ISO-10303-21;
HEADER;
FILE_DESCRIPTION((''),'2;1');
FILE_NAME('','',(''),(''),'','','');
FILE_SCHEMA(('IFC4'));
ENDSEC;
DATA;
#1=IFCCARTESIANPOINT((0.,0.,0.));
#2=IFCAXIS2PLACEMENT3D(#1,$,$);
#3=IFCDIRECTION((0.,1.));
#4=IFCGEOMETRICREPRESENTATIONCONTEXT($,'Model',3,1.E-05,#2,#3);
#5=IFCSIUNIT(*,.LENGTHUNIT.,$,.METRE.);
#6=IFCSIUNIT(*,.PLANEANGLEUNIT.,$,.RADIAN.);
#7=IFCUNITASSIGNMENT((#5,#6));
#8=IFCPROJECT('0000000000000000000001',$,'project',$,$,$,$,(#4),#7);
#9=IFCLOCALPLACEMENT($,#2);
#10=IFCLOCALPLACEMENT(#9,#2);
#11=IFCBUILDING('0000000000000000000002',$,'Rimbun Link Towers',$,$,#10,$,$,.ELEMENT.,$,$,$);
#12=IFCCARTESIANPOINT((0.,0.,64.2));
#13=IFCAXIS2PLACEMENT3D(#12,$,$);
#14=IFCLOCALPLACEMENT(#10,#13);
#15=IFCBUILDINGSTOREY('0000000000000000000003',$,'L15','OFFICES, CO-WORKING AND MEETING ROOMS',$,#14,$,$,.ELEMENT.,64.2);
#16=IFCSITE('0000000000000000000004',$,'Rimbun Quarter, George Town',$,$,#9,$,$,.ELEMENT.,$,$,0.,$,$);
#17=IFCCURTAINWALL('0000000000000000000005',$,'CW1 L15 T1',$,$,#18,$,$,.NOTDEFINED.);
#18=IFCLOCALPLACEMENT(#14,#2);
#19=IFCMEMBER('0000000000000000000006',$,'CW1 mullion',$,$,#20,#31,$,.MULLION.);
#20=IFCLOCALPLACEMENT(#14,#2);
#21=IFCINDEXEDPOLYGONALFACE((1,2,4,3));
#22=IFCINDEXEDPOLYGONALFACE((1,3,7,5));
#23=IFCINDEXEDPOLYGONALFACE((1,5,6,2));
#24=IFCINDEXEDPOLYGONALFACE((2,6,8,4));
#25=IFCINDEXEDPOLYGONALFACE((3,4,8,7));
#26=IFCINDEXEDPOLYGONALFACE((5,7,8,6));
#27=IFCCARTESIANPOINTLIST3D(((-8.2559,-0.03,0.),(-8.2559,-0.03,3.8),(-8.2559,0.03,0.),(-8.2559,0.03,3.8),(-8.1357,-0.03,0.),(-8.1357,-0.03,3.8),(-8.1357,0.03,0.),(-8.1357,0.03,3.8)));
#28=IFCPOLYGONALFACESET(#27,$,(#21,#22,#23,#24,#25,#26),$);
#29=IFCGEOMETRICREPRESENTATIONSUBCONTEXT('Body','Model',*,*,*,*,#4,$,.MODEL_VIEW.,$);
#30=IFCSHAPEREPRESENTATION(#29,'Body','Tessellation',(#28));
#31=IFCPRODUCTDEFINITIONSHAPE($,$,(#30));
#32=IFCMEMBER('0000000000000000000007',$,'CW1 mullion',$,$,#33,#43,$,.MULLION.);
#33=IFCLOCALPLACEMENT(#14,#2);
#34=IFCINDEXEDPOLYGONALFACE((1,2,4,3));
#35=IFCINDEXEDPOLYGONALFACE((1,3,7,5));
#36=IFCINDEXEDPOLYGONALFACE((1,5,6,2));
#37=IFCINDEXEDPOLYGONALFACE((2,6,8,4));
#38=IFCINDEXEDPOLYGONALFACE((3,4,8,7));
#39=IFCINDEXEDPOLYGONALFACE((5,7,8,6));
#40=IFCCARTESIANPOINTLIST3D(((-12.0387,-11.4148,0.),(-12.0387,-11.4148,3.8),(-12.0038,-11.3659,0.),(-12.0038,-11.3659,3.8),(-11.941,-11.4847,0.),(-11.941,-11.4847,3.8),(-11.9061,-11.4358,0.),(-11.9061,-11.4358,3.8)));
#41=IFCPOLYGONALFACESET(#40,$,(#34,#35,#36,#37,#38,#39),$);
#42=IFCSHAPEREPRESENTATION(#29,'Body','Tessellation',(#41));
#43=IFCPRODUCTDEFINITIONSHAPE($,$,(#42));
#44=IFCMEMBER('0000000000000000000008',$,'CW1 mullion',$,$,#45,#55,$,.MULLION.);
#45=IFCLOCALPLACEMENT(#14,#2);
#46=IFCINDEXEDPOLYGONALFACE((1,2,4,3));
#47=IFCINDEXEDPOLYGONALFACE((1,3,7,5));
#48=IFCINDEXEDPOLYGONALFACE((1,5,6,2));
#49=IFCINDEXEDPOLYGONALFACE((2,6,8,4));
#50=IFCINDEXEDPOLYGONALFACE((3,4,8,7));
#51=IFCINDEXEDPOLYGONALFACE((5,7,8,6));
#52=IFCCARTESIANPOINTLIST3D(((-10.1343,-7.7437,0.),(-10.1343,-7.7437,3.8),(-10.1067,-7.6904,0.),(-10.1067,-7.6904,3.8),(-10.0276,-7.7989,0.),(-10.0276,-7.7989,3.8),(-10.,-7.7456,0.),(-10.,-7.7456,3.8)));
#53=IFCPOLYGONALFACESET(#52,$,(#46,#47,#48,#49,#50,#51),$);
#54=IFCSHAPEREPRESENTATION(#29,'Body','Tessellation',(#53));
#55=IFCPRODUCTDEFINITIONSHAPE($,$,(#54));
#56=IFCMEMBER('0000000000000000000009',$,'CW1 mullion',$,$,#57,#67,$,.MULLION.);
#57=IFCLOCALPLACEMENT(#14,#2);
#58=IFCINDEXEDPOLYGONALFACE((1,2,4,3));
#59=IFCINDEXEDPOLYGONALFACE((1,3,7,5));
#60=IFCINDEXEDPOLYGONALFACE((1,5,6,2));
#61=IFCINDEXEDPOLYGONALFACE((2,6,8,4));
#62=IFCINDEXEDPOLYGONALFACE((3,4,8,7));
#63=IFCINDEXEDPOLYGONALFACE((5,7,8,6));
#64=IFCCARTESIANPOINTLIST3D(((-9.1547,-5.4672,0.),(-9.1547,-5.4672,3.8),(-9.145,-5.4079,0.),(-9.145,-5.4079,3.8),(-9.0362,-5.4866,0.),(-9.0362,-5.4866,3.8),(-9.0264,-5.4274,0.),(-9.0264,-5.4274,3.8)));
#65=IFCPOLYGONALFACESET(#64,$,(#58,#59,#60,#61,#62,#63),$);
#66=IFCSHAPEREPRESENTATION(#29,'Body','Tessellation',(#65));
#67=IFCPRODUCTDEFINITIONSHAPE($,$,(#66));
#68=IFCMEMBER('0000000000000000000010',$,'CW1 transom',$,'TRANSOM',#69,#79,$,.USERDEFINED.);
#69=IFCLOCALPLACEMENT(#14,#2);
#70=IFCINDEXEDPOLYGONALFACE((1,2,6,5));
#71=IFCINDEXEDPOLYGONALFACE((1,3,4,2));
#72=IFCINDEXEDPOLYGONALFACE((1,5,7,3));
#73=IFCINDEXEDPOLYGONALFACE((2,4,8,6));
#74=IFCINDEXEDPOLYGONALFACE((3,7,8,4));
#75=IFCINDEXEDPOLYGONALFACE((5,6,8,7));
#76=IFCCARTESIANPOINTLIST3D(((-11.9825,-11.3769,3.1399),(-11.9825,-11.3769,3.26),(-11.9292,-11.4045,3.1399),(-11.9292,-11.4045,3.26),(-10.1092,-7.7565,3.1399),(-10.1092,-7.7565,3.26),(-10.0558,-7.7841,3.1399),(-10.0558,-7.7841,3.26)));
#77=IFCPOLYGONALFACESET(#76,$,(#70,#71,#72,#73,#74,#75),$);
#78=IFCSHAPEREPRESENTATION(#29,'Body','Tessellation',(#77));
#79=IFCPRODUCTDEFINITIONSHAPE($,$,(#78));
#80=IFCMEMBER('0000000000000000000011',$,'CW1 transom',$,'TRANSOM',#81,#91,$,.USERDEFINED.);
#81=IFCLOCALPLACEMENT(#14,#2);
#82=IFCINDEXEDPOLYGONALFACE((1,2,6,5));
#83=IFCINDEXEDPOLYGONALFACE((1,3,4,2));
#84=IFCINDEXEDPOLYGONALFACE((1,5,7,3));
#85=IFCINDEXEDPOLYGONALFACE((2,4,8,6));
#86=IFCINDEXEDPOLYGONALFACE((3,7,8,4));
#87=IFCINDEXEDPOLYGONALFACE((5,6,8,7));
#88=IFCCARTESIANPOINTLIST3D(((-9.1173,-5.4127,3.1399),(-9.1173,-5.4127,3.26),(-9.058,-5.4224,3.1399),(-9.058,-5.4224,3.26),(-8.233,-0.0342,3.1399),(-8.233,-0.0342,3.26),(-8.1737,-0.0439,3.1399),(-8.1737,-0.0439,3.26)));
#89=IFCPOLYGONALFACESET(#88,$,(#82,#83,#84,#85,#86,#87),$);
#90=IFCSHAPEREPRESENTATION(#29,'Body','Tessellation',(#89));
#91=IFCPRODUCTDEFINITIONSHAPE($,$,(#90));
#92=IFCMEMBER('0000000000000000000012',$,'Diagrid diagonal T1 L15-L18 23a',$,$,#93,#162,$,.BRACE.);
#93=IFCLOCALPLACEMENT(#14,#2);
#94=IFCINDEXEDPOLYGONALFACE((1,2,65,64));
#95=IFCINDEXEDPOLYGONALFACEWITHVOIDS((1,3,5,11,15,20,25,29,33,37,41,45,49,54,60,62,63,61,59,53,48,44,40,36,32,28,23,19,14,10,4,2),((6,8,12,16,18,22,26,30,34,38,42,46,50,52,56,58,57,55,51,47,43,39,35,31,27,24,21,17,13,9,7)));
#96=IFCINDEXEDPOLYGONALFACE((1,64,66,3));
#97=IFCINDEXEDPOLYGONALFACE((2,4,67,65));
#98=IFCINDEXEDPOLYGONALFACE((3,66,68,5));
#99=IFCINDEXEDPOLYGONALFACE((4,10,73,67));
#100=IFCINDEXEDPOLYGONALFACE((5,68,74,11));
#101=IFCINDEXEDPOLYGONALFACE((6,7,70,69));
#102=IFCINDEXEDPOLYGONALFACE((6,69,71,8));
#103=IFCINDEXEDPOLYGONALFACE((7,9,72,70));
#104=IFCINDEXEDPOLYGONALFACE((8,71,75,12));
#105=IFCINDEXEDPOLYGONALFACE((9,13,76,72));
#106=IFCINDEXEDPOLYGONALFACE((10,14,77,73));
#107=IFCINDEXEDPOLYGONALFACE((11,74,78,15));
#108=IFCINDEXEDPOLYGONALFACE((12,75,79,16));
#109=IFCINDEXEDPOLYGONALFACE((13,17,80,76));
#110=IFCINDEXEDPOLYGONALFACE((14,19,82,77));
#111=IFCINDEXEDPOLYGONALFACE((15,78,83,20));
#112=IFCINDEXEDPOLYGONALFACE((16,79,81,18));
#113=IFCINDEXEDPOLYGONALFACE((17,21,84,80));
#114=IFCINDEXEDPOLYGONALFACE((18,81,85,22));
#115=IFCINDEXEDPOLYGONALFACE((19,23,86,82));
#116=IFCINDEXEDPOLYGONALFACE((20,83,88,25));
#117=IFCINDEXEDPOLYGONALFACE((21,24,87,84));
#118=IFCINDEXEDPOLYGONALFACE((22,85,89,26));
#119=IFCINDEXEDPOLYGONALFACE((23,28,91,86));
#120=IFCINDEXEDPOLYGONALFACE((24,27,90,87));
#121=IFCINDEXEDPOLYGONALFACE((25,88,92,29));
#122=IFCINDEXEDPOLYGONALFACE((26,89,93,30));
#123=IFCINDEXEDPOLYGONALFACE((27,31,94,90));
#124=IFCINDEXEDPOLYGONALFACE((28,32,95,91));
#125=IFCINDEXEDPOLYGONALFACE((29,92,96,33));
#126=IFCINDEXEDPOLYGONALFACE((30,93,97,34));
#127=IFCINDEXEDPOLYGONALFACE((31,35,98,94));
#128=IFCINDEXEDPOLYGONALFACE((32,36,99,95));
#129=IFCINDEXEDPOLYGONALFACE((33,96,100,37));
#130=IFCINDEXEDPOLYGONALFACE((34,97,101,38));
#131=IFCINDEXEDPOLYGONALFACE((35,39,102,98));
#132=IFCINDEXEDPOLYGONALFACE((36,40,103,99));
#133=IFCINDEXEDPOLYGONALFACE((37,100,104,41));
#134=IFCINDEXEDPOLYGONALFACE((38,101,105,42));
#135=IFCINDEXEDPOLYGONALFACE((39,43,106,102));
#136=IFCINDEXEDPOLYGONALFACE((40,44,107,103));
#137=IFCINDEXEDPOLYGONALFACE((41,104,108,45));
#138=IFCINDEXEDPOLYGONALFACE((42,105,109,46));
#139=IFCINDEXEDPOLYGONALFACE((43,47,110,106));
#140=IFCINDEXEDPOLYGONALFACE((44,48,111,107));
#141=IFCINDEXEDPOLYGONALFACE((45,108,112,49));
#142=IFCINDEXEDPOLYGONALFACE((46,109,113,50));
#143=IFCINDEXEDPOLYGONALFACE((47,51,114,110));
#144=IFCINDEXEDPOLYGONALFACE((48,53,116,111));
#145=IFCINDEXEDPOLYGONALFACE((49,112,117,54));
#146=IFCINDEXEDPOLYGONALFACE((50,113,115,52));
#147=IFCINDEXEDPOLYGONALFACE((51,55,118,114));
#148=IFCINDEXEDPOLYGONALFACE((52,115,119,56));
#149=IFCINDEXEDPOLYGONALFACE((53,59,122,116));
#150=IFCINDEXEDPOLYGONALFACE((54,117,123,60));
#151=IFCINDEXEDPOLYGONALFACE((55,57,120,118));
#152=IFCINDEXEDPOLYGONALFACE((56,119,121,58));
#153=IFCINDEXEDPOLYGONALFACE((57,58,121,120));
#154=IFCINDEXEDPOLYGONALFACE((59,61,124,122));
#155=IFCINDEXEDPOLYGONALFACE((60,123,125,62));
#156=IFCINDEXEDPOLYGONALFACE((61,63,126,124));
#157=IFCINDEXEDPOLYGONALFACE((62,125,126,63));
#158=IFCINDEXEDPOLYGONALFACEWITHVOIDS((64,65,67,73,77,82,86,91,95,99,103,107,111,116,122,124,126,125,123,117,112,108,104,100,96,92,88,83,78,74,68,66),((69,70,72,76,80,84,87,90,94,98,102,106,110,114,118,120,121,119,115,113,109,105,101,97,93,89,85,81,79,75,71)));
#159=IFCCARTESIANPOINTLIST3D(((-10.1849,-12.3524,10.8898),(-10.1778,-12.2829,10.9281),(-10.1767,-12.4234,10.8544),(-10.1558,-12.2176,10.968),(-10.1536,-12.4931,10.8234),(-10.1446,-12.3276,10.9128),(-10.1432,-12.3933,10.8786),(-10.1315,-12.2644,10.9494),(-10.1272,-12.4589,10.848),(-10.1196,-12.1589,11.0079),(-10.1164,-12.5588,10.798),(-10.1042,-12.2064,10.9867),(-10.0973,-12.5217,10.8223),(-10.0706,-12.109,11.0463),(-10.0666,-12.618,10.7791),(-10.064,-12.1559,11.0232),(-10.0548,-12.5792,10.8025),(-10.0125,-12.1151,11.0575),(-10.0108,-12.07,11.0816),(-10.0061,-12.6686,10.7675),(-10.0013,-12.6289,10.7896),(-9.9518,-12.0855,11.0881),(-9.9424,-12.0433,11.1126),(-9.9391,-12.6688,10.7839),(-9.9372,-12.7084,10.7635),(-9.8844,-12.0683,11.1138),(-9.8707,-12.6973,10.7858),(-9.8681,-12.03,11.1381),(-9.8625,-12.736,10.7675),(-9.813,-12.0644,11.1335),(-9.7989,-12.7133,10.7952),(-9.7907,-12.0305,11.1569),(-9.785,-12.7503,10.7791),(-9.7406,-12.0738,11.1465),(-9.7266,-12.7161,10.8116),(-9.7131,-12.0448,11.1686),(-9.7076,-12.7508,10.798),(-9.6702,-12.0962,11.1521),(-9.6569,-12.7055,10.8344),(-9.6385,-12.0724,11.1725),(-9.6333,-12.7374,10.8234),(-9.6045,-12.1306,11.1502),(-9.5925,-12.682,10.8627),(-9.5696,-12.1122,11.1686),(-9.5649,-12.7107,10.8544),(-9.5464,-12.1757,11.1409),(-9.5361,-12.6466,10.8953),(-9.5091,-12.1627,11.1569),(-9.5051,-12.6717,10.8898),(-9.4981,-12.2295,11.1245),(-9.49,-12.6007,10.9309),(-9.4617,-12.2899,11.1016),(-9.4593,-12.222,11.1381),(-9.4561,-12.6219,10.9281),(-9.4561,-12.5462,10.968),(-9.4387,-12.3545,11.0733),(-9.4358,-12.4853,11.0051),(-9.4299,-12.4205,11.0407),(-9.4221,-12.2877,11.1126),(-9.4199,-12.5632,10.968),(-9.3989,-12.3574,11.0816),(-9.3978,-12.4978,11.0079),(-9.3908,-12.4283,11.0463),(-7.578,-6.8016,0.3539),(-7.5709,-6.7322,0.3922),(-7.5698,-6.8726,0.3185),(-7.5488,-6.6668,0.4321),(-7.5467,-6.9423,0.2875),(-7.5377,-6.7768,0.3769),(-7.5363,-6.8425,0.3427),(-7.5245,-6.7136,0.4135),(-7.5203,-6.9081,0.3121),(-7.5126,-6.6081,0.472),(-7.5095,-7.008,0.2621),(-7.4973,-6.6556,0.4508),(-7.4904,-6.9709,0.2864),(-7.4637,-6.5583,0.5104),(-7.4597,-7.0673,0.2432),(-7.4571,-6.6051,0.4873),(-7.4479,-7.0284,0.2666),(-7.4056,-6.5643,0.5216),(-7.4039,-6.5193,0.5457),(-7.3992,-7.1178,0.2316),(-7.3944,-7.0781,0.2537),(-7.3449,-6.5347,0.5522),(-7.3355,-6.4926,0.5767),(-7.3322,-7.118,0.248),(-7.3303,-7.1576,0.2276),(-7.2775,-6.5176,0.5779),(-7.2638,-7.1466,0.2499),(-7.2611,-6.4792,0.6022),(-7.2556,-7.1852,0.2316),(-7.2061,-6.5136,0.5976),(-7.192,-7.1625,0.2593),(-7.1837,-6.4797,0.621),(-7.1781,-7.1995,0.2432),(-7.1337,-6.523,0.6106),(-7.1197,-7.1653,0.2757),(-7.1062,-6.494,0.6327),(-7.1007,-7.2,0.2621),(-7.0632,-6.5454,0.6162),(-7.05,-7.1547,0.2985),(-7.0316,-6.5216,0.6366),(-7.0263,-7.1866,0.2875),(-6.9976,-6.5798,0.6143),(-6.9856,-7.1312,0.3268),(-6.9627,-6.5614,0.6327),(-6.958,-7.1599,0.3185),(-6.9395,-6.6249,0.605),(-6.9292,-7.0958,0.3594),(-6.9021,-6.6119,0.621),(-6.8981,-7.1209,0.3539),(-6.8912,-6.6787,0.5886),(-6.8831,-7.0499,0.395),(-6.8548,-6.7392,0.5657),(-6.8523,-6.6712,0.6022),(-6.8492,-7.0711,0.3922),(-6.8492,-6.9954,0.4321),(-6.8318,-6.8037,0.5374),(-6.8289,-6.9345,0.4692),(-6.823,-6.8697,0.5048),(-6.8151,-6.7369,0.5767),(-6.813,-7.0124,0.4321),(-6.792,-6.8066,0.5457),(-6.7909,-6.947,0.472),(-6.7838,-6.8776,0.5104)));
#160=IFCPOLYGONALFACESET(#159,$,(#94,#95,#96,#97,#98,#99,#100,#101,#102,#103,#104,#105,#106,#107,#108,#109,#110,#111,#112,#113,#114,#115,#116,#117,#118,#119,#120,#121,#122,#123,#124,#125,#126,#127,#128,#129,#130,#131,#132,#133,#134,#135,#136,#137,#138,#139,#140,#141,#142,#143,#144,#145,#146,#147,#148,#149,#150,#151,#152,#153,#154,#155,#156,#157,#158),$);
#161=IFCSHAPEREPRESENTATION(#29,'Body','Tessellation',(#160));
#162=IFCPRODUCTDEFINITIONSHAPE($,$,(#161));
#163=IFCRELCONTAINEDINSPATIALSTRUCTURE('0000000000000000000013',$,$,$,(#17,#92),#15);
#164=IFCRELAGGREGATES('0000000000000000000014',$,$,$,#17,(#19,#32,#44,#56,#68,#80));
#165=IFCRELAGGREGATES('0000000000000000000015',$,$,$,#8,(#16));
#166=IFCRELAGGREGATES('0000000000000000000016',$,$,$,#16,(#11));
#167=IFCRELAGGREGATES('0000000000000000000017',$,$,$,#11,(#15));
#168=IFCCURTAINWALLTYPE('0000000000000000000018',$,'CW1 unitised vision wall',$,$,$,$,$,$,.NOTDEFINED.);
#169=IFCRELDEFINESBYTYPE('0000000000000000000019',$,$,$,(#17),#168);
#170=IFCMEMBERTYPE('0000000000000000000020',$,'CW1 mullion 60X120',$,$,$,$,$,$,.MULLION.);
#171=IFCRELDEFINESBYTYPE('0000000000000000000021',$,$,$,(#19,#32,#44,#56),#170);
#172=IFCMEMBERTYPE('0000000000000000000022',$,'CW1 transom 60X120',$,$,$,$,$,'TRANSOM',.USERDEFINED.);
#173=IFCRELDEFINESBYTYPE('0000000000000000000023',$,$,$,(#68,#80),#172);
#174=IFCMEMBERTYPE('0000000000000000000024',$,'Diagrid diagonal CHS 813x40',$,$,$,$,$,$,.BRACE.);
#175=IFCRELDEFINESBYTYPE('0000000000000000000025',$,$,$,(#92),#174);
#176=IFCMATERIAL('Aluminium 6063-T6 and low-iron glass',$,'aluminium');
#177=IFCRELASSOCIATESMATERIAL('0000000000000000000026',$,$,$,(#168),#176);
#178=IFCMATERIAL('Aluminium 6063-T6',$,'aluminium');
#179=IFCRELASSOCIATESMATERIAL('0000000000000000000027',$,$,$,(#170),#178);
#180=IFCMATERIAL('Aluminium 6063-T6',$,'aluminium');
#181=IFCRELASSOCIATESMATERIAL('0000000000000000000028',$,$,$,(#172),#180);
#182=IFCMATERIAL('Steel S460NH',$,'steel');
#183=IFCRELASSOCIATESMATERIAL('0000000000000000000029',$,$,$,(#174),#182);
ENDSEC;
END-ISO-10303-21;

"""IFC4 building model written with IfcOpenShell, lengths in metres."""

from ifc_helpers import new_model, si_unit, direction, frame, origin, origin_2d, place, context, subcontext, project, spatial, rectangle, hollow_circle, extrude, material, material_profile, profile_set, type_object, element, aggregate, save


model = new_model("IFC4")

# Units and contexts
model_context = context("Model", 3, precision=1e-05, world=origin(), true_north=direction((0.0, 1.0)))
body_context = subcontext(model_context, "Body", "Model", "MODEL_VIEW")
ifc_project = project(units=[si_unit("LENGTHUNIT", "METRE"), si_unit("PLANEANGLEUNIT", "RADIAN")], contexts=[model_context])

# Site, building, storey
site_placement = place(None, origin())
site = spatial("IfcSite", under=ifc_project, at=site_placement, Name="Rimbun Quarter, George Town", CompositionType="ELEMENT", RefElevation=0.0)
building_placement = place(site_placement, origin())
building = spatial("IfcBuilding", under=site, at=building_placement, Name="Rimbun Link Towers", CompositionType="ELEMENT")
storey_placement = place(building_placement, frame((0.0, 0.0, 64.2)))
storey = spatial("IfcBuildingStorey", under=building, at=storey_placement, Name="L15", Description="OFFICES, CO-WORKING AND MEETING ROOMS", CompositionType="ELEMENT", Elevation=64.2)

# Curtain wall, members
ifc_material_1 = material(Name="Aluminium 6063-T6 and low-iron glass", Category="aluminium")
curtain_wall_type = type_object("IfcCurtainWallType", Name="CW1 unitised vision wall", PredefinedType="NOTDEFINED", material=ifc_material_1)
curtain_wall_placement = place(storey_placement, origin())
curtain_wall = element("IfcCurtainWall", 1, at=curtain_wall_placement, inside=storey, type_object=curtain_wall_type, Name="CW1 L15 T1", PredefinedType="NOTDEFINED")
ifc_material_2 = material(Name="Aluminium 6063-T6", Category="aluminium")
ifc_material_profile_1 = material_profile(ifc_material_2, rectangle(XDim=0.1201, YDim=0.0601, at=origin_2d()), Name="MULLION 60X120")
ifc_profile_set_1 = profile_set([ifc_material_profile_1], Name="Aluminium 6063-T6")
member_type_1 = type_object("IfcMemberType", Name="CW1 mullion 60X120", PredefinedType="MULLION", material=ifc_profile_set_1)
member_1_placement = place(storey_placement, frame((-8.1958, 0.0, 0.0), z_axis=(0.0, 0.0, 1.0), x_axis=(1.0, 0.0, 0.0)))
member_1 = element("IfcMember", 2, at=member_1_placement, type_object=member_type_1, Name="CW1 mullion", PredefinedType="MULLION", context=body_context, shape_type="SweptSolid", body=[
    extrude(rectangle(XDim=0.1201, YDim=0.0601, at=origin_2d()), origin(), (0.0, 0.0, 1.0), 3.8),
])
member_2_placement = place(storey_placement, frame((-11.9724, -11.4253, 0.0), z_axis=(0.0, 0.0, 1.0), x_axis=(0.813351, -0.581773, 0.0)))
member_2 = element("IfcMember", 3, at=member_2_placement, type_object=member_type_1, Name="CW1 mullion", PredefinedType="MULLION", context=body_context, shape_type="SweptSolid", body=[
    extrude(rectangle(XDim=0.1201, YDim=0.0601, at=origin_2d()), origin(), (0.0, 0.0, 1.0), 3.8),
])
member_3_placement = place(storey_placement, frame((-10.0671, -7.7446, 0.0), z_axis=(0.0, 0.0, 1.0), x_axis=(0.888149, -0.459556, 0.0)))
member_3 = element("IfcMember", 4, at=member_3_placement, type_object=member_type_1, Name="CW1 mullion", PredefinedType="MULLION", context=body_context, shape_type="SweptSolid", body=[
    extrude(rectangle(XDim=0.1201, YDim=0.0601, at=origin_2d()), origin(), (0.0, 0.0, 1.0), 3.8),
])
member_4_placement = place(storey_placement, frame((-9.0906, -5.4473, 0.0), z_axis=(0.0, 0.0, 1.0), x_axis=(0.986748, -0.16226, 0.0)))
member_4 = element("IfcMember", 5, at=member_4_placement, type_object=member_type_1, Name="CW1 mullion", PredefinedType="MULLION", context=body_context, shape_type="SweptSolid", body=[
    extrude(rectangle(XDim=0.1201, YDim=0.0601, at=origin_2d()), origin(), (0.0, 0.0, 1.0), 3.8),
])
ifc_material_3 = material(Name="Aluminium 6063-T6", Category="aluminium")
ifc_material_profile_2 = material_profile(ifc_material_3, rectangle(XDim=0.0601, YDim=0.1201, at=origin_2d()), Name="TRANSOM 60X120")
ifc_profile_set_2 = profile_set([ifc_material_profile_2], Name="Aluminium 6063-T6")
member_type_2 = type_object("IfcMemberType", Name="CW1 transom 60X120", ElementType="TRANSOM", PredefinedType="USERDEFINED", material=ifc_profile_set_2)
member_5_placement = place(storey_placement, frame((-10.0825, -7.7703, 3.2), z_axis=(-0.459557, -0.888149, 0.0), x_axis=(0.888149, -0.459557, 0.0)))
member_5 = element("IfcMember", 6, at=member_5_placement, type_object=member_type_2, Name="CW1 transom", ObjectType="TRANSOM", PredefinedType="USERDEFINED", context=body_context, shape_type="SweptSolid", body=[
    extrude(rectangle(XDim=0.0601, YDim=0.1201, at=origin_2d()), origin(), (0.0, 0.0, 1.0), 4.0764),
])
member_6_placement = place(storey_placement, frame((-8.2034, -0.0391, 3.2), z_axis=(-0.162234, -0.986752, 0.0), x_axis=(0.986752, -0.162234, 0.0)))
member_6 = element("IfcMember", 7, at=member_6_placement, type_object=member_type_2, Name="CW1 transom", ObjectType="TRANSOM", PredefinedType="USERDEFINED", context=body_context, shape_type="SweptSolid", body=[
    extrude(rectangle(XDim=0.0601, YDim=0.1201, at=origin_2d()), origin(), (0.0, 0.0, 1.0), 5.4507),
])

# Member
ifc_material_4 = material(Name="Steel S460NH", Category="steel")
ifc_material_profile_3 = material_profile(ifc_material_4, hollow_circle(Radius=0.4065, WallThickness=0.04, at=origin_2d()), Name="Diagrid diagonal CHS 813x40")
ifc_profile_set_3 = profile_set([ifc_material_profile_3], Name="Steel S460NH")
member_type_3 = type_object("IfcMemberType", Name="Diagrid diagonal CHS 813x40", PredefinedType="BRACE", material=ifc_profile_set_3)
member_7_placement = place(storey_placement, frame((-7.1809, -6.8396, 0.4321), z_axis=(-0.213847, -0.455331, 0.864259), x_axis=(0.905145, -0.425103, 0.0)))
element("IfcMember", 8, at=member_7_placement, inside=storey, type_object=member_type_3, Name="Diagrid diagonal T1 L15-L18 23a", PredefinedType="BRACE", context=body_context, shape_type="SweptSolid", body=[
    extrude(hollow_circle(Radius=0.4065, WallThickness=0.04, at=origin_2d()), origin(), (0.0, 0.0, 1.0), 12.1907),
])

aggregate(curtain_wall, [member_1, member_2, member_3, member_4, member_5, member_6])

save(model, "model.ifc")
